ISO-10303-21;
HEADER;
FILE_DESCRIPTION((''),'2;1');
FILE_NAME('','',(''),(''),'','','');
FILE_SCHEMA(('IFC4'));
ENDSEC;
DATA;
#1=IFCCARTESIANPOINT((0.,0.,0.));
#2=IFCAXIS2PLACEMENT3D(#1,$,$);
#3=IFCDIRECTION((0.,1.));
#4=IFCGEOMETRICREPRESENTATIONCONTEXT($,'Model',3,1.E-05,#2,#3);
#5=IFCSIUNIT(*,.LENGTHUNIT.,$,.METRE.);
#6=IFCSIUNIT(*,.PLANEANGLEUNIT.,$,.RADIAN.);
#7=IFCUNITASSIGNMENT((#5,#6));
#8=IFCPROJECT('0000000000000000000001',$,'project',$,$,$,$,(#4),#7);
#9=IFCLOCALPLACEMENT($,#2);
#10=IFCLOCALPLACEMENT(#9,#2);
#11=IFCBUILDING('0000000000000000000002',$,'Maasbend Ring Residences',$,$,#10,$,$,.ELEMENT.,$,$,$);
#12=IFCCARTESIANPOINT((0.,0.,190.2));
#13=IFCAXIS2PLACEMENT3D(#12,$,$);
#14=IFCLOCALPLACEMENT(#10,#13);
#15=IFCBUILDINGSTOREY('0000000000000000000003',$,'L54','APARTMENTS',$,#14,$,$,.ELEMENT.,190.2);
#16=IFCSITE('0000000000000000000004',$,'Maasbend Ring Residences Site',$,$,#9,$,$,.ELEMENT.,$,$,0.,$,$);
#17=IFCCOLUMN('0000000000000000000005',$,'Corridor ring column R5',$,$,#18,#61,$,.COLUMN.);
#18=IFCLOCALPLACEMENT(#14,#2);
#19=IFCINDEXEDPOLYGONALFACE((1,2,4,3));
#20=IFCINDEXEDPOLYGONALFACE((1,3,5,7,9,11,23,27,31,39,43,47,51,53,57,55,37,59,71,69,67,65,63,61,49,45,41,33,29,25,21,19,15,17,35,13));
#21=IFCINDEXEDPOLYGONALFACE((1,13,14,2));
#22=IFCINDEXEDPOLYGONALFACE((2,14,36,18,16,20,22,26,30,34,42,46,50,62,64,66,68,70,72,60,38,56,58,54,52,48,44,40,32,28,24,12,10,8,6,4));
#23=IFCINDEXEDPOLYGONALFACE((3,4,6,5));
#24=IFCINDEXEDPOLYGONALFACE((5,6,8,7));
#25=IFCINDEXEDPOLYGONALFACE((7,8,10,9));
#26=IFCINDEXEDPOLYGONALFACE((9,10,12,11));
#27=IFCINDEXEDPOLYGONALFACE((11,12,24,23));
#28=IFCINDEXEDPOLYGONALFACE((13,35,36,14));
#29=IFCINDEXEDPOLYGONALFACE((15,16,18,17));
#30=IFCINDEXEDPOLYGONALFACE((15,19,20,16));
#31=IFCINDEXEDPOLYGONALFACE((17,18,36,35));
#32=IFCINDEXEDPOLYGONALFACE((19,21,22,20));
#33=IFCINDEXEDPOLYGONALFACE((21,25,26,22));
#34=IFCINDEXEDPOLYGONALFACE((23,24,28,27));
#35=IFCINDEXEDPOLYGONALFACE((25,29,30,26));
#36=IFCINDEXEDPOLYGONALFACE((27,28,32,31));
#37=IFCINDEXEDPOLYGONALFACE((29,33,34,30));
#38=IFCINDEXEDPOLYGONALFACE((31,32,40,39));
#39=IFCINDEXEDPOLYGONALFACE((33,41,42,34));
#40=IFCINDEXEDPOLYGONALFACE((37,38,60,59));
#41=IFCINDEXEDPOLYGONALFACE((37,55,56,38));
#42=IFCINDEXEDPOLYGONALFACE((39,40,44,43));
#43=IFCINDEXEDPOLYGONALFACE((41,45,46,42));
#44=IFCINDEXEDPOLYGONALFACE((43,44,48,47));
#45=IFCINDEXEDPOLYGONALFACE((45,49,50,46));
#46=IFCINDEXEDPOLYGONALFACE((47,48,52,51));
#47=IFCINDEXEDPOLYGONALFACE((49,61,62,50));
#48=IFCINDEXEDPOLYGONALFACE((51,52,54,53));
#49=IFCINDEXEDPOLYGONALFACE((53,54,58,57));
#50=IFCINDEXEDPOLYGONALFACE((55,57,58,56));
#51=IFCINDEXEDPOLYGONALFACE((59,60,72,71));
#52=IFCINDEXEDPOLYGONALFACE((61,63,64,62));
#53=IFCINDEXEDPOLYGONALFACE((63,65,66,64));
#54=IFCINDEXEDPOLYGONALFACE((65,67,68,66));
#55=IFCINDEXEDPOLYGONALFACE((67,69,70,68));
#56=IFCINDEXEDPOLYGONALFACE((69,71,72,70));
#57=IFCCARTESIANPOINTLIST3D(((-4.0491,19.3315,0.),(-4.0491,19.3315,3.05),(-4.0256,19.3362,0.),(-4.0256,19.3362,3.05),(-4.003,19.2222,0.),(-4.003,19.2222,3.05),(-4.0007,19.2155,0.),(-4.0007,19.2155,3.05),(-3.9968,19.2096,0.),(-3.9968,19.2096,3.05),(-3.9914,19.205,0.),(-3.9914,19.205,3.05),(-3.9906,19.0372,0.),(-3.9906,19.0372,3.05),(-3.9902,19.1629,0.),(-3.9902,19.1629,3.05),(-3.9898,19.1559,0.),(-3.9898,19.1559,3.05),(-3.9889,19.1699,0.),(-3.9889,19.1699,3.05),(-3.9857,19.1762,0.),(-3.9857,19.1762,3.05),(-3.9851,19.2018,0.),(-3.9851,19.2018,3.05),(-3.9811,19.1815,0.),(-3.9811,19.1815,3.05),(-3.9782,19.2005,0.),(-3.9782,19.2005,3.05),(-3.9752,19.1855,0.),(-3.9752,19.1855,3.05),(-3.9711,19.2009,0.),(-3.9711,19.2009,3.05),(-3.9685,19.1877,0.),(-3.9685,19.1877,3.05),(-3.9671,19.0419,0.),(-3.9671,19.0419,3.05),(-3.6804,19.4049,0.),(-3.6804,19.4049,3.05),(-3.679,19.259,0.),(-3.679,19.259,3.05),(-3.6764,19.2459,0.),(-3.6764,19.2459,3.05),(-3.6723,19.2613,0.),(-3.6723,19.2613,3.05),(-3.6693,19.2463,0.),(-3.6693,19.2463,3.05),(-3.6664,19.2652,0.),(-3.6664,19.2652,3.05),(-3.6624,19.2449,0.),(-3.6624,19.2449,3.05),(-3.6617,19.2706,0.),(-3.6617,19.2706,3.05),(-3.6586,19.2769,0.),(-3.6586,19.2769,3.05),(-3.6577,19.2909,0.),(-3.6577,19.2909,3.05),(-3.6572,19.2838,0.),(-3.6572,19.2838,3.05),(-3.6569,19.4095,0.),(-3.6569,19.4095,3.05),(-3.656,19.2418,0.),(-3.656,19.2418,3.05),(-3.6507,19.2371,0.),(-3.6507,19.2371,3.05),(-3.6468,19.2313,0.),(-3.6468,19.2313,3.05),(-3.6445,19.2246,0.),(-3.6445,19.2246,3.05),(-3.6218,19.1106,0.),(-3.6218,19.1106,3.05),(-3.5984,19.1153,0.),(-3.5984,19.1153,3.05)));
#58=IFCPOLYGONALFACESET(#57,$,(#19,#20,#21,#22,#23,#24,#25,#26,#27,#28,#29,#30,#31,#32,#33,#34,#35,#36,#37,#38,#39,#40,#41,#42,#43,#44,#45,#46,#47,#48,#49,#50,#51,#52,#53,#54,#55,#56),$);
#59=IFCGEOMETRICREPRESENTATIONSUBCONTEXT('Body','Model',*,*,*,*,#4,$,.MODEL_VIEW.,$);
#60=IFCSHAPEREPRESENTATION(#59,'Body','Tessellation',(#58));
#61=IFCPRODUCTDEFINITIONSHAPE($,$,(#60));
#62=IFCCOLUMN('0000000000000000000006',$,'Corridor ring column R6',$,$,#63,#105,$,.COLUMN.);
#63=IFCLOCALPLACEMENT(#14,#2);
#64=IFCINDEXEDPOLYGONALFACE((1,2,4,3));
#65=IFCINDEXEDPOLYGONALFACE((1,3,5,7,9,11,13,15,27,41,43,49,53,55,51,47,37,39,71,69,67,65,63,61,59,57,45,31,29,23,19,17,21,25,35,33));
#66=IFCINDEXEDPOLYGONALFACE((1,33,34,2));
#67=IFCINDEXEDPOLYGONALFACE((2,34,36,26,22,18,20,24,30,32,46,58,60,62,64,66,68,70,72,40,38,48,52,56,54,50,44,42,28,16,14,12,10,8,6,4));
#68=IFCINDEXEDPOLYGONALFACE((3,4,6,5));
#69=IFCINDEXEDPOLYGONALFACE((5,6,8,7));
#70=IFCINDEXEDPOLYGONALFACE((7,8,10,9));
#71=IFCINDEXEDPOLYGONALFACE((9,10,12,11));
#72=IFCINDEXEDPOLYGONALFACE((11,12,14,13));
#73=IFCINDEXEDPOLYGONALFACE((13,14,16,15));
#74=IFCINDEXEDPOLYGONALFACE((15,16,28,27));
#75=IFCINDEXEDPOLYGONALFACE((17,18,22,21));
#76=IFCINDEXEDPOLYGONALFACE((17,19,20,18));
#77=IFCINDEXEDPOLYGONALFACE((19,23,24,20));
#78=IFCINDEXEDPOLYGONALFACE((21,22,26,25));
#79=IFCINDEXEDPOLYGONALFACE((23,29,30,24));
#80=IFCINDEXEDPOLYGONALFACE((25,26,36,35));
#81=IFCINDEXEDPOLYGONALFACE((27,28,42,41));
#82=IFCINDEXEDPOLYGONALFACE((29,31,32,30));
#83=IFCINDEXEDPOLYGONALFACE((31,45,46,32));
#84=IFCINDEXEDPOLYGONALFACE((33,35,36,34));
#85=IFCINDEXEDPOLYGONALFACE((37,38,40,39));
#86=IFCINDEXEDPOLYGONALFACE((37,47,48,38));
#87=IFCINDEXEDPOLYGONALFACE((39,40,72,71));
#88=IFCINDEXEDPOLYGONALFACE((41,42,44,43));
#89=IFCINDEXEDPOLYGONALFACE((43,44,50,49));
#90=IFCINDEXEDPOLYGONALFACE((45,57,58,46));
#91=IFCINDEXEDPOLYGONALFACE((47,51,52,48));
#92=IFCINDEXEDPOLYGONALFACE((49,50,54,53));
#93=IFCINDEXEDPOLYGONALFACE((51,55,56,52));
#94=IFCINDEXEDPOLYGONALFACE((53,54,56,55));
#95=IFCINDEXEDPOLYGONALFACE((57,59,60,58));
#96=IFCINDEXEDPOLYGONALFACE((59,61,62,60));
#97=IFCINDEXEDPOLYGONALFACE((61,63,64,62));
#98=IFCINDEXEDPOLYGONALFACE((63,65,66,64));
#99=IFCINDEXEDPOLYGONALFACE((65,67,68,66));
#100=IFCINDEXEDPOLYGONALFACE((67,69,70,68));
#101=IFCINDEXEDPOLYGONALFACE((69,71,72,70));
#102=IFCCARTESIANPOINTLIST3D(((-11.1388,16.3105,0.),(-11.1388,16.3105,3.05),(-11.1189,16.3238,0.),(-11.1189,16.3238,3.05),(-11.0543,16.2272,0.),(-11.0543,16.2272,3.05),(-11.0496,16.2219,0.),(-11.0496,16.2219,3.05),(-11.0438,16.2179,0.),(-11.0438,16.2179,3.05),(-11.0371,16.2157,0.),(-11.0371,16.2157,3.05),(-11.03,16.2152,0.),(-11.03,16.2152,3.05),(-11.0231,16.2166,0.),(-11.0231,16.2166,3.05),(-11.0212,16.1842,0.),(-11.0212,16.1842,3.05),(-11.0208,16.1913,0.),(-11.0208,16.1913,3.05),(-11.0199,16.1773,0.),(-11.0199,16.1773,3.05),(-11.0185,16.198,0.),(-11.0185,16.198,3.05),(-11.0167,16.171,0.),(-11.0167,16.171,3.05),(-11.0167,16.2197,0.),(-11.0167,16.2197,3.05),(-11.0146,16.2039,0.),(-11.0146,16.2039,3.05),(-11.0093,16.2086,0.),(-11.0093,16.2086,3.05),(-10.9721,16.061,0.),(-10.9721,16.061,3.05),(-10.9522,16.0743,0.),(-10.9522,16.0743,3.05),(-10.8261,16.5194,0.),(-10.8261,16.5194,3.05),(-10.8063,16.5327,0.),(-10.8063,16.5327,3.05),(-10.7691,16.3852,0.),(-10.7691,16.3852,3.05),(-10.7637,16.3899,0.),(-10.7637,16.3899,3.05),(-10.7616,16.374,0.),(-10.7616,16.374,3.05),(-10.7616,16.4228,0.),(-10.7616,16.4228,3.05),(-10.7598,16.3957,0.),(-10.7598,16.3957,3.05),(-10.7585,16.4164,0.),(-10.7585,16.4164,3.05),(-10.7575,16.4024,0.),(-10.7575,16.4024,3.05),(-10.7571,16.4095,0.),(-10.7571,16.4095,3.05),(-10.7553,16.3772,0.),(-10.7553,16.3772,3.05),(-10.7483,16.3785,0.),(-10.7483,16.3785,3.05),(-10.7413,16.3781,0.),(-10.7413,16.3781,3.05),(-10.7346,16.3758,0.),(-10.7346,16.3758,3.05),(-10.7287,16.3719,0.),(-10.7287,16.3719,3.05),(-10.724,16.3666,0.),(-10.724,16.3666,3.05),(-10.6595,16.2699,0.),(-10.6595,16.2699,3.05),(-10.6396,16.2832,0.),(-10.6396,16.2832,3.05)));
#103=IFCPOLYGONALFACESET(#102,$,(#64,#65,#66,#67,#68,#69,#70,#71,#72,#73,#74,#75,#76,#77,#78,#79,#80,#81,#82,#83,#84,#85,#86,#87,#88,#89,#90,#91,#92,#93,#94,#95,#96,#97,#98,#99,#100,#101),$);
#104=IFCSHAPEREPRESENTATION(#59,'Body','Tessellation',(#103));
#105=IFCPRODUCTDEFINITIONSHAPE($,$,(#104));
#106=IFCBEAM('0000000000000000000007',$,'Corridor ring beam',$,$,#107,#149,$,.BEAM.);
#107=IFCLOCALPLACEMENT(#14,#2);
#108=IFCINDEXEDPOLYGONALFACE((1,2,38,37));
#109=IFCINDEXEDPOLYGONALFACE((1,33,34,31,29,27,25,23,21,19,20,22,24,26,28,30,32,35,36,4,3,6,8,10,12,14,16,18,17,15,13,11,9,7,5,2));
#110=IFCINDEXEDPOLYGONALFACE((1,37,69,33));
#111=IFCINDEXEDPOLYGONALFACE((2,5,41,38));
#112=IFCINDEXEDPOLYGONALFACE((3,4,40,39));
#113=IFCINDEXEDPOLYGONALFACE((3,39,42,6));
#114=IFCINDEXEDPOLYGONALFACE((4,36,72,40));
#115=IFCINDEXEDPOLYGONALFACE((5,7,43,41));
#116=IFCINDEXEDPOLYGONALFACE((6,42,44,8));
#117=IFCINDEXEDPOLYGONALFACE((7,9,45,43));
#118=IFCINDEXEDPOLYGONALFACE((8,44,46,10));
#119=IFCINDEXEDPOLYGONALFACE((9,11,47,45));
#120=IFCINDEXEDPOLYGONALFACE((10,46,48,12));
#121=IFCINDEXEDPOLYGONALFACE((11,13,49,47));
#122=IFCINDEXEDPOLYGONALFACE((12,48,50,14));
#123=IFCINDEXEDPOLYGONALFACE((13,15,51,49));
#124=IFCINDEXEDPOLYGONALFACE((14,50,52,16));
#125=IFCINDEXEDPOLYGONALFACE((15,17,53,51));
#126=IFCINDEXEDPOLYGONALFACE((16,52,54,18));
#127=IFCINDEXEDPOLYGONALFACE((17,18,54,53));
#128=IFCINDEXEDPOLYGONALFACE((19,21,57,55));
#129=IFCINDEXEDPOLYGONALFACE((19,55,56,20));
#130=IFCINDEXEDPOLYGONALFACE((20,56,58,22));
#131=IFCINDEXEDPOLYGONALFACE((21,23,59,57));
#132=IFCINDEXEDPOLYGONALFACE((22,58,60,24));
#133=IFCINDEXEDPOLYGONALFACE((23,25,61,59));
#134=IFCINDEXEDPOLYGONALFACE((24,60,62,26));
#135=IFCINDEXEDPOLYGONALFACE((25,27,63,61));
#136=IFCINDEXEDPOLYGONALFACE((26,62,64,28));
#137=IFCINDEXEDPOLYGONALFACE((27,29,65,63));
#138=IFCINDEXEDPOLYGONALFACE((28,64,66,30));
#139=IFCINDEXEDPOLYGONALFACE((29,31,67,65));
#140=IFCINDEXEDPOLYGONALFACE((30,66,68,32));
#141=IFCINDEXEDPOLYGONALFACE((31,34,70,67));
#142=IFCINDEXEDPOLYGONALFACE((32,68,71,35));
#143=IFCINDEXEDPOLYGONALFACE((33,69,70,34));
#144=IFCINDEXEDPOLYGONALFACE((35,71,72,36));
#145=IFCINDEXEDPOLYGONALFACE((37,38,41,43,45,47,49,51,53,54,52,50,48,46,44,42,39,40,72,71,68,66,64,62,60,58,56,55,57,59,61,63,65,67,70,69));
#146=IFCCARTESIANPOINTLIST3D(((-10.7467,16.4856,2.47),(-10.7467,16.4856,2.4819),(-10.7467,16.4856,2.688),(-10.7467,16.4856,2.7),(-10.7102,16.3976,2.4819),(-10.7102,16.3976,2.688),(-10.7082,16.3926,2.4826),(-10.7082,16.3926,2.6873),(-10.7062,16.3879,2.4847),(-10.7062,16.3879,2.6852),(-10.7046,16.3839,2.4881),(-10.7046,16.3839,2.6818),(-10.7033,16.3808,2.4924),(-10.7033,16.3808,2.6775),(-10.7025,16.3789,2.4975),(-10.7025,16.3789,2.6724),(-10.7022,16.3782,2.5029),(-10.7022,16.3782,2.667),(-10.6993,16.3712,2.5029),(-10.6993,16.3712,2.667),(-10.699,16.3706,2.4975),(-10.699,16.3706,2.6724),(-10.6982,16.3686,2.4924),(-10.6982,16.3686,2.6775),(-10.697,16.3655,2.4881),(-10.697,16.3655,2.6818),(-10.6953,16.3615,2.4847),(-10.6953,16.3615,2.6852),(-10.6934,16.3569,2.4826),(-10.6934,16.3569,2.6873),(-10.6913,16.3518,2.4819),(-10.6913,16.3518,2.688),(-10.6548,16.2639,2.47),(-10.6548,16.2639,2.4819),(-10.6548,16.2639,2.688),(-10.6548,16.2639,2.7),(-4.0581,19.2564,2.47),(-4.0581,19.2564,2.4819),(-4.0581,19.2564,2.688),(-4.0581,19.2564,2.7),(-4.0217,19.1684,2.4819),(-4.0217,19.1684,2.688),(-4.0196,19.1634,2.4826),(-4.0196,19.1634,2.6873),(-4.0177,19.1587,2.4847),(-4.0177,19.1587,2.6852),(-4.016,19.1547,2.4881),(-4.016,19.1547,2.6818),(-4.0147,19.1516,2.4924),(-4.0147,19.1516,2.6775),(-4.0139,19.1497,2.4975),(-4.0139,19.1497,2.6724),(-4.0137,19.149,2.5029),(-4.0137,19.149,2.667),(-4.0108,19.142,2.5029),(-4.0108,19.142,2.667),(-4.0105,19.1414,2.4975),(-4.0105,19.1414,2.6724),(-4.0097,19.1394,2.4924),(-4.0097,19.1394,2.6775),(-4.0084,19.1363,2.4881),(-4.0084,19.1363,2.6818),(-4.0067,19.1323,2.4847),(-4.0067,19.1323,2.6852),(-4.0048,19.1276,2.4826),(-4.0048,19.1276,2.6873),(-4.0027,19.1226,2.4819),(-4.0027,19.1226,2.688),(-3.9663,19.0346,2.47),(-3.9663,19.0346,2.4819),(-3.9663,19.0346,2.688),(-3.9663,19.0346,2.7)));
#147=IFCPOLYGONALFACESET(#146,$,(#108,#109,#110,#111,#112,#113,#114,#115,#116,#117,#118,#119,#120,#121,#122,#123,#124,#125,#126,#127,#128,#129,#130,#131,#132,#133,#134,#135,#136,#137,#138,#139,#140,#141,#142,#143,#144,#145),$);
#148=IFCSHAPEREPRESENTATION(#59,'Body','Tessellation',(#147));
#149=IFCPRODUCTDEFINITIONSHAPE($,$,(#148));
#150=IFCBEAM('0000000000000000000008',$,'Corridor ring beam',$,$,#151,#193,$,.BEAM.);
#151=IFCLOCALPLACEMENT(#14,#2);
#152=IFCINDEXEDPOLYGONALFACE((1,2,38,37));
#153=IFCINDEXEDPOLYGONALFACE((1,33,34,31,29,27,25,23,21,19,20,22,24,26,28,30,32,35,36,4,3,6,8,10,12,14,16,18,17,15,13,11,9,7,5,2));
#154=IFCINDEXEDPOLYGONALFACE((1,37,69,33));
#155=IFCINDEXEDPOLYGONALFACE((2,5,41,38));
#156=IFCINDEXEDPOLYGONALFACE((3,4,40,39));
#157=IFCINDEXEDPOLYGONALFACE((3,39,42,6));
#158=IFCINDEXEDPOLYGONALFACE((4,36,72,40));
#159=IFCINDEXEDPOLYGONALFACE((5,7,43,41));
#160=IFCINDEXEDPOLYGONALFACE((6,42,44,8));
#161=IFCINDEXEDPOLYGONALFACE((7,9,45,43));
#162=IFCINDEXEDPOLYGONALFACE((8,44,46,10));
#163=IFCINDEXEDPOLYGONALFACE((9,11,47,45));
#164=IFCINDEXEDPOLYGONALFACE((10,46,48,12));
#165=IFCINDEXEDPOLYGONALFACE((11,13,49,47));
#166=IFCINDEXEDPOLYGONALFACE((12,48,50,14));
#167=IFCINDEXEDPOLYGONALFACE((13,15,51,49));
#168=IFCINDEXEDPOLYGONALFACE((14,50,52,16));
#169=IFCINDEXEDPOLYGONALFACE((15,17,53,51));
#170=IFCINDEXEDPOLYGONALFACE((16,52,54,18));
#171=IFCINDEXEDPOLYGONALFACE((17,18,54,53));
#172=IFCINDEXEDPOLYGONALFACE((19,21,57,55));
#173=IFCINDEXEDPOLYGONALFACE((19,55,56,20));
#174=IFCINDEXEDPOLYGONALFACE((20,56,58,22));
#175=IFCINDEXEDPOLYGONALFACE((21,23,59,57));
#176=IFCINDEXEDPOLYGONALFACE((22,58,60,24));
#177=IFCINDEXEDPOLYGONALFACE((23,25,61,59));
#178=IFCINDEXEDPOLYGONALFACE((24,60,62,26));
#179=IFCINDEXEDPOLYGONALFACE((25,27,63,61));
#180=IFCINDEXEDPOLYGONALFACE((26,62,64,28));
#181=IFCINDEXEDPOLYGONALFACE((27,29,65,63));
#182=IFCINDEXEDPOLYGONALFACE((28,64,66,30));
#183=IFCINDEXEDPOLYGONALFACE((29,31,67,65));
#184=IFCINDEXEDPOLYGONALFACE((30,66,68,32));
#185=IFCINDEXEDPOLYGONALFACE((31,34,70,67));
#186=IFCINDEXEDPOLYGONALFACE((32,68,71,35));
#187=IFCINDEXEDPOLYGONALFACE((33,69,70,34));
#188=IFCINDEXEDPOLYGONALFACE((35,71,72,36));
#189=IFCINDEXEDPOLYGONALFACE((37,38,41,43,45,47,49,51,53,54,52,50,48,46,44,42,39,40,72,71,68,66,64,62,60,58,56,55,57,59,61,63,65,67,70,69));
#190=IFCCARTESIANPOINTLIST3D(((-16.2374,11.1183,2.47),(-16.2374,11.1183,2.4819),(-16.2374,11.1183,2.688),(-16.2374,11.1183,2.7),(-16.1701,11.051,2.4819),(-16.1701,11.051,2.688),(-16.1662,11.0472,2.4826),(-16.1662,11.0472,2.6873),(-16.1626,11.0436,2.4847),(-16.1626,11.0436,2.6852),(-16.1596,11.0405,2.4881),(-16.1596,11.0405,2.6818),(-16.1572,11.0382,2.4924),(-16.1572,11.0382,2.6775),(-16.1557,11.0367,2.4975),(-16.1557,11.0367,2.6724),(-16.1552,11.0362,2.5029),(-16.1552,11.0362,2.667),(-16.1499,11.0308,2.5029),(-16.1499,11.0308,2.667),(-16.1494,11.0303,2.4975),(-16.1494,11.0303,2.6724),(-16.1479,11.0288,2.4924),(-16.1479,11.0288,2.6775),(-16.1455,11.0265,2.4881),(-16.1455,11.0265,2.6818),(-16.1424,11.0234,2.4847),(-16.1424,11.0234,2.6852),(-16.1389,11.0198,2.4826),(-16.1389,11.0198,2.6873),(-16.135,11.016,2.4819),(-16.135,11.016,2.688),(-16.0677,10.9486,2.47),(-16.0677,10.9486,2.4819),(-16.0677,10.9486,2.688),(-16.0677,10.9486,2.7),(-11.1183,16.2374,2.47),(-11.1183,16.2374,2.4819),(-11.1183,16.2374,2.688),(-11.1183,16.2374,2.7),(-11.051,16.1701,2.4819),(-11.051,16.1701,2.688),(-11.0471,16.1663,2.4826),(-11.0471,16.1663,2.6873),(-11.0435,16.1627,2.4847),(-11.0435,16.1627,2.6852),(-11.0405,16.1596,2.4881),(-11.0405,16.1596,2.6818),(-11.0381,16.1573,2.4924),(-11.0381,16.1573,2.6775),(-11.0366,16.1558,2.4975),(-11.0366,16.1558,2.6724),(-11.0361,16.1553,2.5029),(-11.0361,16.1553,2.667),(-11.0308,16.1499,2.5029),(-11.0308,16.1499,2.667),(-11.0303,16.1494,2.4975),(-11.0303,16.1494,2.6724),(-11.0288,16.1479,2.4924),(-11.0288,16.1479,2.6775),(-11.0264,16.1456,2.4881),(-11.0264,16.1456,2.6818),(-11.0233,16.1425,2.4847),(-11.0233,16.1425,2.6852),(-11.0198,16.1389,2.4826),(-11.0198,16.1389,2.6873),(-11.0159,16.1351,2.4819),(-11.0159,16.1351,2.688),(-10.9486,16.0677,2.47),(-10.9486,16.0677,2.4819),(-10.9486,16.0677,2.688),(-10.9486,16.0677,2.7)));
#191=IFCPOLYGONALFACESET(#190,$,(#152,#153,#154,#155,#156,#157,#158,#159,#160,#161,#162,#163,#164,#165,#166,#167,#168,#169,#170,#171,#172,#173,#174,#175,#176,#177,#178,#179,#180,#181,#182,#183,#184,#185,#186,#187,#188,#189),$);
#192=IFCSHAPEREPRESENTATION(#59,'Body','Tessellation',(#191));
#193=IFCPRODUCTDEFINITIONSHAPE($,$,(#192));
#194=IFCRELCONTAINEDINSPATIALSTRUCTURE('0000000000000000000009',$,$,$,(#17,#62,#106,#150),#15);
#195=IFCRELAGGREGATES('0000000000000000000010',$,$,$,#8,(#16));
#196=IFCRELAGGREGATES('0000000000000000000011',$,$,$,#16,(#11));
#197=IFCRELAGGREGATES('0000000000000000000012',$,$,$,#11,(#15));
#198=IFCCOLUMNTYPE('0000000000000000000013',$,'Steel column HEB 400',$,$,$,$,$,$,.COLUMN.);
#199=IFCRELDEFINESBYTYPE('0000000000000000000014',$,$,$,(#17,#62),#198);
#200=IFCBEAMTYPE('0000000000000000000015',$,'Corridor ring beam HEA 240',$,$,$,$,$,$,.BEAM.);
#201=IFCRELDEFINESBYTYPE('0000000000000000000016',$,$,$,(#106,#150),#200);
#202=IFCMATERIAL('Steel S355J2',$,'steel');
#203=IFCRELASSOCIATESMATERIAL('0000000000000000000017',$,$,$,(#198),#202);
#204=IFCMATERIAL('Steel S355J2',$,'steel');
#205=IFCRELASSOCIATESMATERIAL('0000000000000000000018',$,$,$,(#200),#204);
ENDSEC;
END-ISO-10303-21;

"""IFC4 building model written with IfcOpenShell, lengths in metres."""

from ifc_helpers import new_model, si_unit, direction, frame, origin, origin_2d, place, context, subcontext, project, spatial, i_section, extrude, material, material_profile, profile_set, type_object, element, save


model = new_model("IFC4")

# Units and contexts
model_context = context("Model", 3, precision=1e-05, world=origin(), true_north=direction((0.0, 1.0)))
body_context = subcontext(model_context, "Body", "Model", "MODEL_VIEW")
ifc_project = project(units=[si_unit("LENGTHUNIT", "METRE"), si_unit("PLANEANGLEUNIT", "RADIAN")], contexts=[model_context])

# Site, building, storey
site_placement = place(None, origin())
site = spatial("IfcSite", under=ifc_project, at=site_placement, Name="Maasbend Ring Residences Site", CompositionType="ELEMENT", RefElevation=0.0)
building_placement = place(site_placement, origin())
building = spatial("IfcBuilding", under=site, at=building_placement, Name="Maasbend Ring Residences", CompositionType="ELEMENT")
storey_placement = place(building_placement, frame((0.0, 0.0, 190.2)))
storey = spatial("IfcBuildingStorey", under=building, at=storey_placement, Name="L54", Description="APARTMENTS", CompositionType="ELEMENT", Elevation=190.2)

# Columns
ifc_material_1 = material(Name="Steel S355J2", Category="steel")
ifc_material_profile_1 = material_profile(ifc_material_1, i_section(OverallWidth=0.3, OverallDepth=0.3999, WebThickness=0.0134, FlangeThickness=0.0239, FilletRadius=0.0271, at=origin_2d()), Name="HEB 400")
ifc_profile_set_1 = profile_set([ifc_material_profile_1], Name="Steel S355J2")
column_type = type_object("IfcColumnType", Name="Steel column HEB 400", PredefinedType="COLUMN", material=ifc_profile_set_1)
for number, where, z_axis, x_axis, name in (
    (1, (-3.8237, 19.2234, 0.0), (0.0, 0.0, 1.0), (-0.19509, 0.980785, 0.0), "Corridor ring column R5"),
    (2, (-10.8892, 16.2969, 0.0), (0.0, 0.0, 1.0), (-0.55557, 0.83147, 0.0), "Corridor ring column R6"),
):
    element("IfcColumn", number, at=place(storey_placement, frame(where, z_axis=z_axis, x_axis=x_axis)), inside=storey, type_object=column_type, Name=name, PredefinedType="COLUMN", context=body_context, shape_type="SweptSolid", body=[
        extrude(i_section(OverallWidth=0.3, OverallDepth=0.3999, WebThickness=0.0134, FlangeThickness=0.0239, FilletRadius=0.0271, at=origin_2d()), origin(), (0.0, 0.0, 1.0), 3.05),
    ])

# Beams
ifc_material_2 = material(Name="Steel S355J2", Category="steel")
ifc_material_profile_2 = material_profile(ifc_material_2, i_section(OverallWidth=0.24, OverallDepth=0.23, WebThickness=0.0076, FlangeThickness=0.012, FilletRadius=0.021, at=origin_2d()), Name="HEA 240")
ifc_profile_set_2 = profile_set([ifc_material_profile_2], Name="Steel S355J2")
beam_type = type_object("IfcBeamType", Name="Corridor ring beam HEA 240", PredefinedType="BEAM", material=ifc_profile_set_2)
beam_1_placement = place(storey_placement, frame((-4.0122, 19.1455, 2.585), z_axis=(-0.923865, -0.382718, 0.0), x_axis=(0.382718, -0.923865, 0.0)))
element("IfcBeam", 3, at=beam_1_placement, inside=storey, type_object=beam_type, Name="Corridor ring beam", PredefinedType="BEAM", context=body_context, shape_type="SweptSolid", body=[
    extrude(i_section(OverallWidth=0.24, OverallDepth=0.23, WebThickness=0.0076, FlangeThickness=0.012, FilletRadius=0.021, at=origin_2d()), origin(), (0.0, 0.0, 1.0), 7.2397),
])
beam_2_placement = place(storey_placement, frame((-11.0334, 16.1526, 2.585), z_axis=(-0.707107, -0.707107, 0.0), x_axis=(0.707107, -0.707107, 0.0)))
element("IfcBeam", 4, at=beam_2_placement, inside=storey, type_object=beam_type, Name="Corridor ring beam", PredefinedType="BEAM", context=body_context, shape_type="SweptSolid", body=[
    extrude(i_section(OverallWidth=0.24, OverallDepth=0.23, WebThickness=0.0076, FlangeThickness=0.012, FilletRadius=0.021, at=origin_2d()), origin(), (0.0, 0.0, 1.0), 7.2395),
])

save(model, "model.ifc")
